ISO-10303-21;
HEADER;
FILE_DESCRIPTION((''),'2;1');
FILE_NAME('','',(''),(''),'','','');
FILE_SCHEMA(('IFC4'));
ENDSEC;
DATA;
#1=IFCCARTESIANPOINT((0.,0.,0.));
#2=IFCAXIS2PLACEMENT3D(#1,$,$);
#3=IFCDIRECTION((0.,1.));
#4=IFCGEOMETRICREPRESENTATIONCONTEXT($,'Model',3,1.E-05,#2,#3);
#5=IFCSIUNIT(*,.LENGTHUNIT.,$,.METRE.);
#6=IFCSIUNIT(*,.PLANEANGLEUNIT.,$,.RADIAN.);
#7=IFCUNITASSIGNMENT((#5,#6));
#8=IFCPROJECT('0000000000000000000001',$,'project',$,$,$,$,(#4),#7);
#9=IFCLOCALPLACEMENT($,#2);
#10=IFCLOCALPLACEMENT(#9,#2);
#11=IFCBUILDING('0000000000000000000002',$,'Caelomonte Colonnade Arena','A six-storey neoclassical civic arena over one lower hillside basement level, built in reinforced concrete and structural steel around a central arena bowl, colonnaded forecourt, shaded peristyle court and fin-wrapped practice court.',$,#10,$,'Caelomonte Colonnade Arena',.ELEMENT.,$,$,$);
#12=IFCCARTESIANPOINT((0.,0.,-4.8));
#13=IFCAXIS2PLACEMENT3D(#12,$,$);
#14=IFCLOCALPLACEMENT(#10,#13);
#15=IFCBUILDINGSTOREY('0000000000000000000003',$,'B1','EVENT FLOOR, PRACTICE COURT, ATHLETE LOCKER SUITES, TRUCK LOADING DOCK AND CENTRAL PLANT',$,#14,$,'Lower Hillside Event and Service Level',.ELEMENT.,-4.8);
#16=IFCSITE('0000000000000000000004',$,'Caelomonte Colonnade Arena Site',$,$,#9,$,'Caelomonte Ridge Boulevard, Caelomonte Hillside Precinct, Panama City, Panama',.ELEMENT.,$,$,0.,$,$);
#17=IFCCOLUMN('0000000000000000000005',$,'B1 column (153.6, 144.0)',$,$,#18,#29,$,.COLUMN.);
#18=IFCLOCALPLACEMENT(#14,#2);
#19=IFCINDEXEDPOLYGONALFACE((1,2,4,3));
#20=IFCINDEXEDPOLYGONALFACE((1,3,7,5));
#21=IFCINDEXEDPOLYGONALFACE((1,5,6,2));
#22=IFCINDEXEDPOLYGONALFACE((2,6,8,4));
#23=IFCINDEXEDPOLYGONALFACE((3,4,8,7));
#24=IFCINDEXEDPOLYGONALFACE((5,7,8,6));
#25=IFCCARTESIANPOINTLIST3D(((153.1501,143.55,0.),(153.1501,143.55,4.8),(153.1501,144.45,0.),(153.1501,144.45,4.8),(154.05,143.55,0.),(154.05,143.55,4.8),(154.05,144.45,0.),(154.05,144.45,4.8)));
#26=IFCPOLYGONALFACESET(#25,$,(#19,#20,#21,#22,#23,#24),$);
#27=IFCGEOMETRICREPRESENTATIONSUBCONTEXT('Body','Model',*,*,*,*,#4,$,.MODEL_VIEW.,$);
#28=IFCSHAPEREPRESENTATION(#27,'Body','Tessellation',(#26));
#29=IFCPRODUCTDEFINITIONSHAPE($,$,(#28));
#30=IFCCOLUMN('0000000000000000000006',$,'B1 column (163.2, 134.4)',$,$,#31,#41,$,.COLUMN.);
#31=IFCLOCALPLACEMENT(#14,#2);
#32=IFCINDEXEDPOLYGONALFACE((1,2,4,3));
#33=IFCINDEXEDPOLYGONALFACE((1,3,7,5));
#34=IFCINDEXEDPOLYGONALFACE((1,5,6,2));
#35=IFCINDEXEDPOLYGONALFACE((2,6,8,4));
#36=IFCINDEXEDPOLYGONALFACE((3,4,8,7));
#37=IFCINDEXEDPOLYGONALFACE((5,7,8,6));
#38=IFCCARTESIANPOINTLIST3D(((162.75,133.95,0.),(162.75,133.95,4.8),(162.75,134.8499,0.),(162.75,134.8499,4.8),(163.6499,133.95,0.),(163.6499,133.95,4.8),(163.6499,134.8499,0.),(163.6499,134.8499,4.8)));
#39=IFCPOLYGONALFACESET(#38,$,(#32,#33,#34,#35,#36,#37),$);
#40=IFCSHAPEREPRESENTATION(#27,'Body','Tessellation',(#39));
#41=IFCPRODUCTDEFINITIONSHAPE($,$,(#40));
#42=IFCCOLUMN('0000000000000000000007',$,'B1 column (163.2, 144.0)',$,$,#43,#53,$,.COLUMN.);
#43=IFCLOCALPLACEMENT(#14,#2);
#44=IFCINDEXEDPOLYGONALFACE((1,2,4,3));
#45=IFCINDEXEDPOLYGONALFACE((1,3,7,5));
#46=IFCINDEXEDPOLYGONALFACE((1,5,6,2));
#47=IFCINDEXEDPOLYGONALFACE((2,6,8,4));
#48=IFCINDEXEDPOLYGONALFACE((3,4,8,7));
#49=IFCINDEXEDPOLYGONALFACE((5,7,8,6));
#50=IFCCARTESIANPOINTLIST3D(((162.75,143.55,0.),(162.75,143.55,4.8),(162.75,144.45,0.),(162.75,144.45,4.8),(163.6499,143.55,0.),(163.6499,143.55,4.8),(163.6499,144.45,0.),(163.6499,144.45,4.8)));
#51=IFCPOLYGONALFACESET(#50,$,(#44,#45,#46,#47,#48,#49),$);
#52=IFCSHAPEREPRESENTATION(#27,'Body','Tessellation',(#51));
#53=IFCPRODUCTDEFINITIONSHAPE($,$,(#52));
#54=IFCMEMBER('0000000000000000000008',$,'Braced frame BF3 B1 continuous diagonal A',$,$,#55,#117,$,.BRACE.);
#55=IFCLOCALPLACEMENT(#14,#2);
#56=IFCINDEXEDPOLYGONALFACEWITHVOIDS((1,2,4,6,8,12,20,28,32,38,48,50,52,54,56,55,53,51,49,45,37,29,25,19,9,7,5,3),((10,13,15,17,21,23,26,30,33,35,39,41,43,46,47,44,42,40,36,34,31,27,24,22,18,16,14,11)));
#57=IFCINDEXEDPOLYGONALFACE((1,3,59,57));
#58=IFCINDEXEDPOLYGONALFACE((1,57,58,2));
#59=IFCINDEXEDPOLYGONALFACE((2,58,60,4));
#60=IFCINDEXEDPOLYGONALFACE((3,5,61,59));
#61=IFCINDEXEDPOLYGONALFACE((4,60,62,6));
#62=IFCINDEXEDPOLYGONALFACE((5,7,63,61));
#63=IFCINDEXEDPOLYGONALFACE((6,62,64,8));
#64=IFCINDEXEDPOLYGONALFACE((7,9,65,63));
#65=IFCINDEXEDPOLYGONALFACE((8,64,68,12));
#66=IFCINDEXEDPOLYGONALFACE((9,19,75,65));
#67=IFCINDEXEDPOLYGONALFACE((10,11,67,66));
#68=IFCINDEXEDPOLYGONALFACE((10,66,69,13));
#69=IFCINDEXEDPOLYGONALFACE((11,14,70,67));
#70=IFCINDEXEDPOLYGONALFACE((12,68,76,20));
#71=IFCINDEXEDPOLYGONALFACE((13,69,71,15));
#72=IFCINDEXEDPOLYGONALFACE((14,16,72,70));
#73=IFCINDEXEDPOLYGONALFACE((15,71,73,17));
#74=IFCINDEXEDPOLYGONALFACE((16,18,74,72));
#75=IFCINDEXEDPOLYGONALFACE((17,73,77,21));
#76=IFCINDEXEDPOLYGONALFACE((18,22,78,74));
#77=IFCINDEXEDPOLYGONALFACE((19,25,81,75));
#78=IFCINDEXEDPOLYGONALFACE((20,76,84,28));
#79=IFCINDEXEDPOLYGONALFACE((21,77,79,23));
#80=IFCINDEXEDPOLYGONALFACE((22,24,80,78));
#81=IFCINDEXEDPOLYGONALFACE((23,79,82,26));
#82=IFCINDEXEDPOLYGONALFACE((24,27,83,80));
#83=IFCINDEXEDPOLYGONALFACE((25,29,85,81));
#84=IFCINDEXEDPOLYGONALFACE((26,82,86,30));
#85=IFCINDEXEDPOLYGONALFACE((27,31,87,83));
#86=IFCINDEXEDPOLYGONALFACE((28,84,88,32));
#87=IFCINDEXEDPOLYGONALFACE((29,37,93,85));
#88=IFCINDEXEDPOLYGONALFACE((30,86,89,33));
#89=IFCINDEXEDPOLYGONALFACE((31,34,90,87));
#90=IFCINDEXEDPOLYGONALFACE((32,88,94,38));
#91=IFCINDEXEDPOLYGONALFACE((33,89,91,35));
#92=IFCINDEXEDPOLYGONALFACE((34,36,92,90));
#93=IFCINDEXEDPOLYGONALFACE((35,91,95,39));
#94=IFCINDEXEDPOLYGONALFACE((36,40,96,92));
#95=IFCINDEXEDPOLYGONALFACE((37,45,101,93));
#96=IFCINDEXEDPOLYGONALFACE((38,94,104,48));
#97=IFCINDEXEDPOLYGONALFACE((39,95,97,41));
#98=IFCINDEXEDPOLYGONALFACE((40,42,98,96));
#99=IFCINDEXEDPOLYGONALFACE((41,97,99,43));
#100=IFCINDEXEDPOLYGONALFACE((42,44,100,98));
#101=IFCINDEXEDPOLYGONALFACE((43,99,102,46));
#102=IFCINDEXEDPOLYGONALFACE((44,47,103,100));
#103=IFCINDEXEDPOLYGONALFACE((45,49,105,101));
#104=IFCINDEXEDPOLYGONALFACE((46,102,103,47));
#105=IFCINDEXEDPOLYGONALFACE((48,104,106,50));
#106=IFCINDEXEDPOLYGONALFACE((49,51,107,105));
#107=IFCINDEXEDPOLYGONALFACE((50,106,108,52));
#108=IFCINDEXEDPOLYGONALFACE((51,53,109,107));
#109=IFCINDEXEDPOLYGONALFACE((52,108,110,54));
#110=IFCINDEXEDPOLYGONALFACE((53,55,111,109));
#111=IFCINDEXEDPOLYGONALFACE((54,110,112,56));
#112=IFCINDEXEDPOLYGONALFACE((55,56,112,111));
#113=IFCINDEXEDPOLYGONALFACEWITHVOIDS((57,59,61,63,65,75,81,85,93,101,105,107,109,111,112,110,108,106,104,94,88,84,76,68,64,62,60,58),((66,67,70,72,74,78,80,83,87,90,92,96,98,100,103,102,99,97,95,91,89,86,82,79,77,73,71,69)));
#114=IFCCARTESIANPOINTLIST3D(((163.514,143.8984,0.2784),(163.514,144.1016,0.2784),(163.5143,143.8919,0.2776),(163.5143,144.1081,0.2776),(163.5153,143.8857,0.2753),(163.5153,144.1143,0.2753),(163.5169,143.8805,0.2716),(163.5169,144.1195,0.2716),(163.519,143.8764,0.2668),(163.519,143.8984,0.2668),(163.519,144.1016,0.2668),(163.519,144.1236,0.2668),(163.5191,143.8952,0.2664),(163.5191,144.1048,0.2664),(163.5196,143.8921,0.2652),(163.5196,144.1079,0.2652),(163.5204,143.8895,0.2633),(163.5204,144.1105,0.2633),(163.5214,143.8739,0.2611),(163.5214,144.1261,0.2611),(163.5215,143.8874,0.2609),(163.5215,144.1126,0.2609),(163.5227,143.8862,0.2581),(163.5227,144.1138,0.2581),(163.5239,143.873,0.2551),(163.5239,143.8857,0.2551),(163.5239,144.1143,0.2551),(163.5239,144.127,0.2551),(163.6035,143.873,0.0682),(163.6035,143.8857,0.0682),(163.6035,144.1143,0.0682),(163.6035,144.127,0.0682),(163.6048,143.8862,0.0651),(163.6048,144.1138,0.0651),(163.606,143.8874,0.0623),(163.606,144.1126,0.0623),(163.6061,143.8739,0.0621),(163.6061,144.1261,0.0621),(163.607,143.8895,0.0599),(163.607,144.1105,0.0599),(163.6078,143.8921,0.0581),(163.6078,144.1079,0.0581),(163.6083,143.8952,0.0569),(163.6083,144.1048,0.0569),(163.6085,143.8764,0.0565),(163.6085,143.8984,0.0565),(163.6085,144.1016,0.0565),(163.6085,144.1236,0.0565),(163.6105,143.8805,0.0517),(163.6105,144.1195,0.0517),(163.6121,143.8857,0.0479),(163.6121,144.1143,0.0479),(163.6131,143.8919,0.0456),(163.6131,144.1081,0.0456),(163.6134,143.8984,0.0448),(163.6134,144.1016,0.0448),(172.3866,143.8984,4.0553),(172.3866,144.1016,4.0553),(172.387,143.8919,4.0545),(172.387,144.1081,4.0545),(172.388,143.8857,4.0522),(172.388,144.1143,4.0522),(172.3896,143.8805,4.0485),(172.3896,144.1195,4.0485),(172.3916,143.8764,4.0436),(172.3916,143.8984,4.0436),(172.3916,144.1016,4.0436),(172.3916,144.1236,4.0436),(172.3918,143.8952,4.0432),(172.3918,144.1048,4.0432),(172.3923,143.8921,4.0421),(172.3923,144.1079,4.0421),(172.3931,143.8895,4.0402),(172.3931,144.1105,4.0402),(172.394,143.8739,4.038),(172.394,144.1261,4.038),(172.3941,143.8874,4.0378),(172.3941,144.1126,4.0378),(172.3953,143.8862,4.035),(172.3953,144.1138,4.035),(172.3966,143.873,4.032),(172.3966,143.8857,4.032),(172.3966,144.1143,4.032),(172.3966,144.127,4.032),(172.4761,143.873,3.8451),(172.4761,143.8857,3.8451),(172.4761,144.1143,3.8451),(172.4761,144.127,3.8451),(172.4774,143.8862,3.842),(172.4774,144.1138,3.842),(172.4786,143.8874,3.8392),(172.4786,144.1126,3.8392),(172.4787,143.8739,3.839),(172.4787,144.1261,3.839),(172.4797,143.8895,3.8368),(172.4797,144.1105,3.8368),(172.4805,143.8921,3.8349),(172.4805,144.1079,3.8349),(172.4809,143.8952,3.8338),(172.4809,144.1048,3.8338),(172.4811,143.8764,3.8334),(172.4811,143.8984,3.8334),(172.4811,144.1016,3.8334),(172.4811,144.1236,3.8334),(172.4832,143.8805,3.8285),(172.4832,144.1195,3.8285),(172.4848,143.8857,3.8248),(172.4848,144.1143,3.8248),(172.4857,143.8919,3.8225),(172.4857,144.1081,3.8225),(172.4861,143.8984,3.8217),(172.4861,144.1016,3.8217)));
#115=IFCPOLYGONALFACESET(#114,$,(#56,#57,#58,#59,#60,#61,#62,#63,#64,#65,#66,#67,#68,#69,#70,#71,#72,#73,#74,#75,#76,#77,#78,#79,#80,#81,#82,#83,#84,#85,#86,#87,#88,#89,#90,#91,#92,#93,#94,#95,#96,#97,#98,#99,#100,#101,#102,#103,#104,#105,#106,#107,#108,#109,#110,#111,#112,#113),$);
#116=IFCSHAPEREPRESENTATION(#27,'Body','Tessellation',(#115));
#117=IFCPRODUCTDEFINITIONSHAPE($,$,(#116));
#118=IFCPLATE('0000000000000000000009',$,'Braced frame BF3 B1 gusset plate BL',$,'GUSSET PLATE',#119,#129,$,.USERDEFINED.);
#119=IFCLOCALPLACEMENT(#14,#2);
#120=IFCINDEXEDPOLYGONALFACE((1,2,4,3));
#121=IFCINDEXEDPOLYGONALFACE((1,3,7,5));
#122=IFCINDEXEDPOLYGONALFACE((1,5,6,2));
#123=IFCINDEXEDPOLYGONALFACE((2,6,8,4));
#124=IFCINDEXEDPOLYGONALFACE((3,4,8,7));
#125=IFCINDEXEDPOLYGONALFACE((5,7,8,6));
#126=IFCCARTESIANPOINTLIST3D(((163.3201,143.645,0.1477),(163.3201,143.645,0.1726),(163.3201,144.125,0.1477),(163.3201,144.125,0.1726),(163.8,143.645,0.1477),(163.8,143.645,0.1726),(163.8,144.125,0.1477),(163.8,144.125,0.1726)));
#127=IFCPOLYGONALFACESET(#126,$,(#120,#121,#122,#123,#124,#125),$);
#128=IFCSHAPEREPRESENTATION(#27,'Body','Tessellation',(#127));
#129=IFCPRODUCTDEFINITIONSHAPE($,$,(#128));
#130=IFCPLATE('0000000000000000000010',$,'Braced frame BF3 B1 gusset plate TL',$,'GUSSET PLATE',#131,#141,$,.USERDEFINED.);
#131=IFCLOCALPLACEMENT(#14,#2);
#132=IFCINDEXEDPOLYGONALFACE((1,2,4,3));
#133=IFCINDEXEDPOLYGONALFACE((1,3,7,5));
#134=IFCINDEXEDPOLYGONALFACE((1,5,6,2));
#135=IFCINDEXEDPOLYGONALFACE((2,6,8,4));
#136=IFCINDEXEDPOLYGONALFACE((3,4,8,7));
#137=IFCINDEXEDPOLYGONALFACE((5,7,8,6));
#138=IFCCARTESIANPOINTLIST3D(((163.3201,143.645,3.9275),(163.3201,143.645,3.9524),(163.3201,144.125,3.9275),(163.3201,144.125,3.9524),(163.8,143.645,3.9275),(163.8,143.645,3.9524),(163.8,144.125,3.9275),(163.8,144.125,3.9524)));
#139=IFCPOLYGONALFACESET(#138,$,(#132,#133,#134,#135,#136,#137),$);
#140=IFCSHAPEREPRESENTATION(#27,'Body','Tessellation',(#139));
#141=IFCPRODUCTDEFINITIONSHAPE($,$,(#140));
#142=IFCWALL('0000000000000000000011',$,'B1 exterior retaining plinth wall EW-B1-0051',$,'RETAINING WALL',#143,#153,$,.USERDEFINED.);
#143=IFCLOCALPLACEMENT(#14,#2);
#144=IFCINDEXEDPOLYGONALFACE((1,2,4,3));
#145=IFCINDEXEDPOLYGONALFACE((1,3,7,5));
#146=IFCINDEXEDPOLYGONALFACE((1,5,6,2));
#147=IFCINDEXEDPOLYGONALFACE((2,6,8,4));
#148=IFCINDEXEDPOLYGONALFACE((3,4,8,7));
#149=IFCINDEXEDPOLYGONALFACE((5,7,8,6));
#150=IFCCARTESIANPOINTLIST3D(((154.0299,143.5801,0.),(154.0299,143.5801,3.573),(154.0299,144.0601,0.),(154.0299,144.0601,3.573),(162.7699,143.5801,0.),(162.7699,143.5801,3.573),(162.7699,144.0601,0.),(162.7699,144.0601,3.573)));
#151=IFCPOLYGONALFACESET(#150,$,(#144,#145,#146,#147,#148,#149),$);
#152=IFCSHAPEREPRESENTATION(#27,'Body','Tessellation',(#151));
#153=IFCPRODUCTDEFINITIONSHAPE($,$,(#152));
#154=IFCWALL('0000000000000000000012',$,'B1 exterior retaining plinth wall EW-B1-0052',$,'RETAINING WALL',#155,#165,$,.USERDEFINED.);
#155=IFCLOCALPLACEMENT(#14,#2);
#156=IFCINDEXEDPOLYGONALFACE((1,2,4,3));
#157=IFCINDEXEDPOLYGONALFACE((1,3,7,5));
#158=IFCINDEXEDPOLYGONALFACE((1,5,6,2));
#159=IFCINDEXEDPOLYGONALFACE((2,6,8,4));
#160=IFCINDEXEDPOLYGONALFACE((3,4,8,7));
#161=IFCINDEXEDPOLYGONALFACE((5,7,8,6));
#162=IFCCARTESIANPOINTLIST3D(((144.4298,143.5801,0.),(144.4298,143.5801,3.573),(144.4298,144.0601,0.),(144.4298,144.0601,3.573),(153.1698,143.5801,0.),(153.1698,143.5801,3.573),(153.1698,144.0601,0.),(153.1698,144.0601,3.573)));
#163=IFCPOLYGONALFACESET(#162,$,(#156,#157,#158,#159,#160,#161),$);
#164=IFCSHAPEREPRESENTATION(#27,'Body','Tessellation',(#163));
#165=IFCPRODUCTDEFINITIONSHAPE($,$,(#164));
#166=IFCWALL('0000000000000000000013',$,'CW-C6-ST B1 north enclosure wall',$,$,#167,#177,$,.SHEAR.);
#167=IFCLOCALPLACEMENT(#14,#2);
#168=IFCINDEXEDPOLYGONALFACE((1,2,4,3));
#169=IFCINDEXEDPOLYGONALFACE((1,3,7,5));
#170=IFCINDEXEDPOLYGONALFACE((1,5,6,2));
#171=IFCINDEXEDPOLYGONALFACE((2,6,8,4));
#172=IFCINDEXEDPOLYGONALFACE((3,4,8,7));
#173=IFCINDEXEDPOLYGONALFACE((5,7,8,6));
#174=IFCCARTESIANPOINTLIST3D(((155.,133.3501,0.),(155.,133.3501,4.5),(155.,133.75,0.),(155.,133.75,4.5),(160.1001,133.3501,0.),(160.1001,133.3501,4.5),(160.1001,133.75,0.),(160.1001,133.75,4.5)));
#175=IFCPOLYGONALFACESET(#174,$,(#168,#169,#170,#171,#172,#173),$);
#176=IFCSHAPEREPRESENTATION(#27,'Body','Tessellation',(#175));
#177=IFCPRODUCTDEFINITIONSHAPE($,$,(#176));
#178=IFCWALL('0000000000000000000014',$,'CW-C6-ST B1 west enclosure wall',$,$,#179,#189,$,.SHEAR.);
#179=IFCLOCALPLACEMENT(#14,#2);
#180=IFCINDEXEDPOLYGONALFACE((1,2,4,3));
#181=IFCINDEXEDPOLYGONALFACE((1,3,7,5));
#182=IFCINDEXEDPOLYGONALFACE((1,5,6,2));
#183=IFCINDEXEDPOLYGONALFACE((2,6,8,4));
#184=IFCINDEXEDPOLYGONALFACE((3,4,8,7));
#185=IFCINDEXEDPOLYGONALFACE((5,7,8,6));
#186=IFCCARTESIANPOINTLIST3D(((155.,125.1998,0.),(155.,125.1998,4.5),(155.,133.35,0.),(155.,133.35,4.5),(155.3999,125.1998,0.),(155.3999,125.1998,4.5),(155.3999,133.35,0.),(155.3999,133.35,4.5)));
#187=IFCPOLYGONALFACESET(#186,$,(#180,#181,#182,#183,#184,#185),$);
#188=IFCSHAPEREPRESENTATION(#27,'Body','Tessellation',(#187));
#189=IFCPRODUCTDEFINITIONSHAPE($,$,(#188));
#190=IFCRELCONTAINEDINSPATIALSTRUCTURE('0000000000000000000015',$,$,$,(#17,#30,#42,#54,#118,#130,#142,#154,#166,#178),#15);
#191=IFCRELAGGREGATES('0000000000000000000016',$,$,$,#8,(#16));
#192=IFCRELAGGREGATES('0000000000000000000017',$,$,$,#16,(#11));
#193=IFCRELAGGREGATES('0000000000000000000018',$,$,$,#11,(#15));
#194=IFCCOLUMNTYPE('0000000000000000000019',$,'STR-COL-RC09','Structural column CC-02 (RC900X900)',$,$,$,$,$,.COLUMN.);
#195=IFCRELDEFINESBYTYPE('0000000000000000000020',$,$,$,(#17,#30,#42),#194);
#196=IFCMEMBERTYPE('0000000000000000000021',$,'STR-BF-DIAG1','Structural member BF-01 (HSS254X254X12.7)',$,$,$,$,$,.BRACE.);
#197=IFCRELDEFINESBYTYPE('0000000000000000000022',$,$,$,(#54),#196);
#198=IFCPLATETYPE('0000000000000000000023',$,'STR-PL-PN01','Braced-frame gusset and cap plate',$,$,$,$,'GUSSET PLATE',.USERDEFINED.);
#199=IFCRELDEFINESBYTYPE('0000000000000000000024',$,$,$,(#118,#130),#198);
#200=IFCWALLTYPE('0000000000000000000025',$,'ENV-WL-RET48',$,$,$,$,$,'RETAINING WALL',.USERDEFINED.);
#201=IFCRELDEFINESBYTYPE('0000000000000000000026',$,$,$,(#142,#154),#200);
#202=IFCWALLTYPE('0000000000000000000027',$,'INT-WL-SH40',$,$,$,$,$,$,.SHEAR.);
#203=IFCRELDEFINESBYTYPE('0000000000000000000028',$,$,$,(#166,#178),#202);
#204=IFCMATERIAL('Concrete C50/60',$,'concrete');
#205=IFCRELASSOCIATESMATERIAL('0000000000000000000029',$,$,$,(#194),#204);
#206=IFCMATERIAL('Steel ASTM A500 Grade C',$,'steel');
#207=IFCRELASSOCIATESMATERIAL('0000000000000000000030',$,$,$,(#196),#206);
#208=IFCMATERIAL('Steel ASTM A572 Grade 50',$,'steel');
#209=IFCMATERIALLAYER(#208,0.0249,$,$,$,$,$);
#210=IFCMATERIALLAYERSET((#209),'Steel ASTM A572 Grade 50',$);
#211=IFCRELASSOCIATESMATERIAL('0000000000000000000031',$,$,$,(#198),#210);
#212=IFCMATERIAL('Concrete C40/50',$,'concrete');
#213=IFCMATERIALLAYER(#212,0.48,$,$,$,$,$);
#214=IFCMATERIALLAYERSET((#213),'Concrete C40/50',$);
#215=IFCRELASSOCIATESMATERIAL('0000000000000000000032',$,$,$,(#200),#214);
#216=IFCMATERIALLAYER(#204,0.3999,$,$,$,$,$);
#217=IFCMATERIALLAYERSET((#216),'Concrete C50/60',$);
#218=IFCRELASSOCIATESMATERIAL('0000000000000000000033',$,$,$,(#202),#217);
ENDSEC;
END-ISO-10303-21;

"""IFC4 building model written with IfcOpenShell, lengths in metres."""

from ifc_helpers import new_model, si_unit, direction, frame, frame_2d, origin, origin_2d, place, context, subcontext, project, spatial, rectangle, hollow_rectangle, extrude, material, layer, layer_set, material_profile, profile_set, type_object, element, save


model = new_model("IFC4")

# Units and contexts
model_context = context("Model", 3, precision=1e-05, world=origin(), true_north=direction((0.0, 1.0)))
body_context = subcontext(model_context, "Body", "Model", "MODEL_VIEW")
ifc_project = project(units=[si_unit("LENGTHUNIT", "METRE"), si_unit("PLANEANGLEUNIT", "RADIAN")], contexts=[model_context])

# Site, building, storey
site_placement = place(None, origin())
site = spatial("IfcSite", under=ifc_project, at=site_placement, Name="Caelomonte Colonnade Arena Site", LongName="Caelomonte Ridge Boulevard, Caelomonte Hillside Precinct, Panama City, Panama", CompositionType="ELEMENT", RefElevation=0.0)
building_placement = place(site_placement, origin())
building = spatial("IfcBuilding", under=site, at=building_placement, Name="Caelomonte Colonnade Arena", Description="A six-storey neoclassical civic arena over one lower hillside basement level, built in reinforced concrete and structural steel around a central arena bowl, colonnaded forecourt, shaded peristyle court and fin-wrapped practice court.", LongName="Caelomonte Colonnade Arena", CompositionType="ELEMENT")
storey_placement = place(building_placement, frame((0.0, 0.0, -4.8)))
storey = spatial("IfcBuildingStorey", under=building, at=storey_placement, Name="B1", Description="EVENT FLOOR, PRACTICE COURT, ATHLETE LOCKER SUITES, TRUCK LOADING DOCK AND CENTRAL PLANT", LongName="Lower Hillside Event and Service Level", CompositionType="ELEMENT", Elevation=-4.8)

# Shared definitions
ifc_material_1 = material(Name="Concrete C40/50", Category="concrete")

# Columns
ifc_material_2 = material(Name="Concrete C50/60", Category="concrete")
ifc_material_profile_1 = material_profile(ifc_material_2, rectangle(XDim=0.8999, YDim=0.8999, at=origin_2d()), Name="RC900X900")
ifc_profile_set_1 = profile_set([ifc_material_profile_1], Name="Concrete C50/60")
column_type = type_object("IfcColumnType", Name="STR-COL-RC09", Description="Structural column CC-02 (RC900X900)", PredefinedType="COLUMN", material=ifc_profile_set_1)
for number, where, z_axis, x_axis, name in (
    (1, (153.6001, 144.0, 0.0), (0.0, 0.0, 1.0), (1.0, 0.0, 0.0), "B1 column (153.6, 144.0)"),
    (2, (163.2, 134.3999, 0.0), (0.0, 0.0, 1.0), (1.0, 0.0, 0.0), "B1 column (163.2, 134.4)"),
    (3, (163.2, 144.0, 0.0), (0.0, 0.0, 1.0), (1.0, 0.0, 0.0), "B1 column (163.2, 144.0)"),
):
    element("IfcColumn", number, at=place(storey_placement, frame(where, z_axis=z_axis, x_axis=x_axis)), inside=storey, type_object=column_type, Name=name, PredefinedType="COLUMN", context=body_context, shape_type="SweptSolid", body=[
        extrude(rectangle(XDim=0.8999, YDim=0.8999, at=origin_2d()), origin(), (0.0, 0.0, 1.0), 4.8),
    ])

# Member
ifc_material_3 = material(Name="Steel ASTM A500 Grade C", Category="steel")
ifc_material_profile_2 = material_profile(ifc_material_3, hollow_rectangle(XDim=0.2539, YDim=0.2539, WallThickness=0.0127, InnerFilletRadius=0.0127, OuterFilletRadius=0.0254, at=origin_2d()), Name="HSS254X254X12.7")
ifc_profile_set_2 = profile_set([ifc_material_profile_2], Name="Steel ASTM A500 Grade C")
member_type = type_object("IfcMemberType", Name="STR-BF-DIAG1", Description="Structural member BF-01 (HSS254X254X12.7)", PredefinedType="BRACE", material=ifc_profile_set_2)
member_placement = place(storey_placement, frame((163.5637, 144.0, 0.1616), z_axis=(0.920106, 0.0, 0.391669), x_axis=(0.0, 1.0, 0.0)))
element("IfcMember", 4, at=member_placement, inside=storey, type_object=member_type, Name="Braced frame BF3 B1 continuous diagonal A", PredefinedType="BRACE", context=body_context, shape_type="SweptSolid", body=[
    extrude(hollow_rectangle(XDim=0.2539, YDim=0.2539, WallThickness=0.0127, InnerFilletRadius=0.0127, OuterFilletRadius=0.0254, at=origin_2d()), origin(), (0.0, 0.0, 1.0), 9.6431),
])

# Plates
ifc_material_4 = material(Name="Steel ASTM A572 Grade 50", Category="steel")
ifc_layer_1 = layer(ifc_material_4, 0.0249)
ifc_layer_set_1 = layer_set([ifc_layer_1], Name="Steel ASTM A572 Grade 50")
plate_type = type_object("IfcPlateType", Name="STR-PL-PN01", Description="Braced-frame gusset and cap plate", ElementType="GUSSET PLATE", PredefinedType="USERDEFINED", material=ifc_layer_set_1)
for number, where, z_axis, x_axis, name in (
    (5, (163.5601, 143.885, 0.1477), (0.0, 0.0, 1.0), (1.0, 0.0, 0.0), "Braced frame BF3 B1 gusset plate BL"),
    (6, (163.5601, 143.885, 3.9275), (0.0, 0.0, 1.0), (1.0, 0.0, 0.0), "Braced frame BF3 B1 gusset plate TL"),
):
    element("IfcPlate", number, at=place(storey_placement, frame(where, z_axis=z_axis, x_axis=x_axis)), inside=storey, type_object=plate_type, Name=name, ObjectType="GUSSET PLATE", PredefinedType="USERDEFINED", context=body_context, shape_type="SweptSolid", body=[
        extrude(rectangle(XDim=0.48, YDim=0.48, at=origin_2d()), origin(), (0.0, 0.0, 1.0), 0.0249),
    ])

# Walls
ifc_layer_2 = layer(ifc_material_1, 0.48)
ifc_layer_set_2 = layer_set([ifc_layer_2], Name="Concrete C40/50")
wall_type_1 = type_object("IfcWallType", Name="ENV-WL-RET48", ElementType="RETAINING WALL", PredefinedType="USERDEFINED", material=ifc_layer_set_2)
for number, where, z_axis, x_axis, name in (
    (7, (162.77, 143.8201, 0.0), (0.0, 0.0, 1.0), (-1.0, 0.0, 0.0), "B1 exterior retaining plinth wall EW-B1-0051"),
    (8, (153.1699, 143.8201, 0.0), (0.0, 0.0, 1.0), (-1.0, 0.0, 0.0), "B1 exterior retaining plinth wall EW-B1-0052"),
):
    element("IfcWall", number, at=place(storey_placement, frame(where, z_axis=z_axis, x_axis=x_axis)), inside=storey, type_object=wall_type_1, Name=name, ObjectType="RETAINING WALL", PredefinedType="USERDEFINED", context=body_context, shape_type="SweptSolid", body=[
        extrude(rectangle(XDim=8.74, YDim=0.48, at=frame_2d((4.3701, 0.0))), origin(), (0.0, 0.0, 1.0), 3.573),
    ])
ifc_layer_3 = layer(ifc_material_2, 0.3999)
ifc_layer_set_3 = layer_set([ifc_layer_3], Name="Concrete C50/60")
wall_type_2 = type_object("IfcWallType", Name="INT-WL-SH40", PredefinedType="SHEAR", material=ifc_layer_set_3)
wall_1_placement = place(storey_placement, frame((160.1001, 133.55, 0.0), z_axis=(0.0, 0.0, 1.0), x_axis=(-1.0, 0.0, 0.0)))
element("IfcWall", 9, at=wall_1_placement, inside=storey, type_object=wall_type_2, Name="CW-C6-ST B1 north enclosure wall", PredefinedType="SHEAR", context=body_context, shape_type="SweptSolid", body=[
    extrude(rectangle(XDim=5.1001, YDim=0.3999, at=frame_2d((2.55, 0.0))), origin(), (0.0, 0.0, 1.0), 4.5),
])
wall_2_placement = place(storey_placement, frame((155.2, 133.3501, 0.0), z_axis=(0.0, 0.0, 1.0), x_axis=(0.0, -1.0, 0.0)))
element("IfcWall", 10, at=wall_2_placement, inside=storey, type_object=wall_type_2, Name="CW-C6-ST B1 west enclosure wall", PredefinedType="SHEAR", context=body_context, shape_type="SweptSolid", body=[
    extrude(rectangle(XDim=8.1501, YDim=0.3999, at=frame_2d((4.0752, 0.0))), origin(), (0.0, 0.0, 1.0), 4.5),
])

save(model, "model.ifc")
